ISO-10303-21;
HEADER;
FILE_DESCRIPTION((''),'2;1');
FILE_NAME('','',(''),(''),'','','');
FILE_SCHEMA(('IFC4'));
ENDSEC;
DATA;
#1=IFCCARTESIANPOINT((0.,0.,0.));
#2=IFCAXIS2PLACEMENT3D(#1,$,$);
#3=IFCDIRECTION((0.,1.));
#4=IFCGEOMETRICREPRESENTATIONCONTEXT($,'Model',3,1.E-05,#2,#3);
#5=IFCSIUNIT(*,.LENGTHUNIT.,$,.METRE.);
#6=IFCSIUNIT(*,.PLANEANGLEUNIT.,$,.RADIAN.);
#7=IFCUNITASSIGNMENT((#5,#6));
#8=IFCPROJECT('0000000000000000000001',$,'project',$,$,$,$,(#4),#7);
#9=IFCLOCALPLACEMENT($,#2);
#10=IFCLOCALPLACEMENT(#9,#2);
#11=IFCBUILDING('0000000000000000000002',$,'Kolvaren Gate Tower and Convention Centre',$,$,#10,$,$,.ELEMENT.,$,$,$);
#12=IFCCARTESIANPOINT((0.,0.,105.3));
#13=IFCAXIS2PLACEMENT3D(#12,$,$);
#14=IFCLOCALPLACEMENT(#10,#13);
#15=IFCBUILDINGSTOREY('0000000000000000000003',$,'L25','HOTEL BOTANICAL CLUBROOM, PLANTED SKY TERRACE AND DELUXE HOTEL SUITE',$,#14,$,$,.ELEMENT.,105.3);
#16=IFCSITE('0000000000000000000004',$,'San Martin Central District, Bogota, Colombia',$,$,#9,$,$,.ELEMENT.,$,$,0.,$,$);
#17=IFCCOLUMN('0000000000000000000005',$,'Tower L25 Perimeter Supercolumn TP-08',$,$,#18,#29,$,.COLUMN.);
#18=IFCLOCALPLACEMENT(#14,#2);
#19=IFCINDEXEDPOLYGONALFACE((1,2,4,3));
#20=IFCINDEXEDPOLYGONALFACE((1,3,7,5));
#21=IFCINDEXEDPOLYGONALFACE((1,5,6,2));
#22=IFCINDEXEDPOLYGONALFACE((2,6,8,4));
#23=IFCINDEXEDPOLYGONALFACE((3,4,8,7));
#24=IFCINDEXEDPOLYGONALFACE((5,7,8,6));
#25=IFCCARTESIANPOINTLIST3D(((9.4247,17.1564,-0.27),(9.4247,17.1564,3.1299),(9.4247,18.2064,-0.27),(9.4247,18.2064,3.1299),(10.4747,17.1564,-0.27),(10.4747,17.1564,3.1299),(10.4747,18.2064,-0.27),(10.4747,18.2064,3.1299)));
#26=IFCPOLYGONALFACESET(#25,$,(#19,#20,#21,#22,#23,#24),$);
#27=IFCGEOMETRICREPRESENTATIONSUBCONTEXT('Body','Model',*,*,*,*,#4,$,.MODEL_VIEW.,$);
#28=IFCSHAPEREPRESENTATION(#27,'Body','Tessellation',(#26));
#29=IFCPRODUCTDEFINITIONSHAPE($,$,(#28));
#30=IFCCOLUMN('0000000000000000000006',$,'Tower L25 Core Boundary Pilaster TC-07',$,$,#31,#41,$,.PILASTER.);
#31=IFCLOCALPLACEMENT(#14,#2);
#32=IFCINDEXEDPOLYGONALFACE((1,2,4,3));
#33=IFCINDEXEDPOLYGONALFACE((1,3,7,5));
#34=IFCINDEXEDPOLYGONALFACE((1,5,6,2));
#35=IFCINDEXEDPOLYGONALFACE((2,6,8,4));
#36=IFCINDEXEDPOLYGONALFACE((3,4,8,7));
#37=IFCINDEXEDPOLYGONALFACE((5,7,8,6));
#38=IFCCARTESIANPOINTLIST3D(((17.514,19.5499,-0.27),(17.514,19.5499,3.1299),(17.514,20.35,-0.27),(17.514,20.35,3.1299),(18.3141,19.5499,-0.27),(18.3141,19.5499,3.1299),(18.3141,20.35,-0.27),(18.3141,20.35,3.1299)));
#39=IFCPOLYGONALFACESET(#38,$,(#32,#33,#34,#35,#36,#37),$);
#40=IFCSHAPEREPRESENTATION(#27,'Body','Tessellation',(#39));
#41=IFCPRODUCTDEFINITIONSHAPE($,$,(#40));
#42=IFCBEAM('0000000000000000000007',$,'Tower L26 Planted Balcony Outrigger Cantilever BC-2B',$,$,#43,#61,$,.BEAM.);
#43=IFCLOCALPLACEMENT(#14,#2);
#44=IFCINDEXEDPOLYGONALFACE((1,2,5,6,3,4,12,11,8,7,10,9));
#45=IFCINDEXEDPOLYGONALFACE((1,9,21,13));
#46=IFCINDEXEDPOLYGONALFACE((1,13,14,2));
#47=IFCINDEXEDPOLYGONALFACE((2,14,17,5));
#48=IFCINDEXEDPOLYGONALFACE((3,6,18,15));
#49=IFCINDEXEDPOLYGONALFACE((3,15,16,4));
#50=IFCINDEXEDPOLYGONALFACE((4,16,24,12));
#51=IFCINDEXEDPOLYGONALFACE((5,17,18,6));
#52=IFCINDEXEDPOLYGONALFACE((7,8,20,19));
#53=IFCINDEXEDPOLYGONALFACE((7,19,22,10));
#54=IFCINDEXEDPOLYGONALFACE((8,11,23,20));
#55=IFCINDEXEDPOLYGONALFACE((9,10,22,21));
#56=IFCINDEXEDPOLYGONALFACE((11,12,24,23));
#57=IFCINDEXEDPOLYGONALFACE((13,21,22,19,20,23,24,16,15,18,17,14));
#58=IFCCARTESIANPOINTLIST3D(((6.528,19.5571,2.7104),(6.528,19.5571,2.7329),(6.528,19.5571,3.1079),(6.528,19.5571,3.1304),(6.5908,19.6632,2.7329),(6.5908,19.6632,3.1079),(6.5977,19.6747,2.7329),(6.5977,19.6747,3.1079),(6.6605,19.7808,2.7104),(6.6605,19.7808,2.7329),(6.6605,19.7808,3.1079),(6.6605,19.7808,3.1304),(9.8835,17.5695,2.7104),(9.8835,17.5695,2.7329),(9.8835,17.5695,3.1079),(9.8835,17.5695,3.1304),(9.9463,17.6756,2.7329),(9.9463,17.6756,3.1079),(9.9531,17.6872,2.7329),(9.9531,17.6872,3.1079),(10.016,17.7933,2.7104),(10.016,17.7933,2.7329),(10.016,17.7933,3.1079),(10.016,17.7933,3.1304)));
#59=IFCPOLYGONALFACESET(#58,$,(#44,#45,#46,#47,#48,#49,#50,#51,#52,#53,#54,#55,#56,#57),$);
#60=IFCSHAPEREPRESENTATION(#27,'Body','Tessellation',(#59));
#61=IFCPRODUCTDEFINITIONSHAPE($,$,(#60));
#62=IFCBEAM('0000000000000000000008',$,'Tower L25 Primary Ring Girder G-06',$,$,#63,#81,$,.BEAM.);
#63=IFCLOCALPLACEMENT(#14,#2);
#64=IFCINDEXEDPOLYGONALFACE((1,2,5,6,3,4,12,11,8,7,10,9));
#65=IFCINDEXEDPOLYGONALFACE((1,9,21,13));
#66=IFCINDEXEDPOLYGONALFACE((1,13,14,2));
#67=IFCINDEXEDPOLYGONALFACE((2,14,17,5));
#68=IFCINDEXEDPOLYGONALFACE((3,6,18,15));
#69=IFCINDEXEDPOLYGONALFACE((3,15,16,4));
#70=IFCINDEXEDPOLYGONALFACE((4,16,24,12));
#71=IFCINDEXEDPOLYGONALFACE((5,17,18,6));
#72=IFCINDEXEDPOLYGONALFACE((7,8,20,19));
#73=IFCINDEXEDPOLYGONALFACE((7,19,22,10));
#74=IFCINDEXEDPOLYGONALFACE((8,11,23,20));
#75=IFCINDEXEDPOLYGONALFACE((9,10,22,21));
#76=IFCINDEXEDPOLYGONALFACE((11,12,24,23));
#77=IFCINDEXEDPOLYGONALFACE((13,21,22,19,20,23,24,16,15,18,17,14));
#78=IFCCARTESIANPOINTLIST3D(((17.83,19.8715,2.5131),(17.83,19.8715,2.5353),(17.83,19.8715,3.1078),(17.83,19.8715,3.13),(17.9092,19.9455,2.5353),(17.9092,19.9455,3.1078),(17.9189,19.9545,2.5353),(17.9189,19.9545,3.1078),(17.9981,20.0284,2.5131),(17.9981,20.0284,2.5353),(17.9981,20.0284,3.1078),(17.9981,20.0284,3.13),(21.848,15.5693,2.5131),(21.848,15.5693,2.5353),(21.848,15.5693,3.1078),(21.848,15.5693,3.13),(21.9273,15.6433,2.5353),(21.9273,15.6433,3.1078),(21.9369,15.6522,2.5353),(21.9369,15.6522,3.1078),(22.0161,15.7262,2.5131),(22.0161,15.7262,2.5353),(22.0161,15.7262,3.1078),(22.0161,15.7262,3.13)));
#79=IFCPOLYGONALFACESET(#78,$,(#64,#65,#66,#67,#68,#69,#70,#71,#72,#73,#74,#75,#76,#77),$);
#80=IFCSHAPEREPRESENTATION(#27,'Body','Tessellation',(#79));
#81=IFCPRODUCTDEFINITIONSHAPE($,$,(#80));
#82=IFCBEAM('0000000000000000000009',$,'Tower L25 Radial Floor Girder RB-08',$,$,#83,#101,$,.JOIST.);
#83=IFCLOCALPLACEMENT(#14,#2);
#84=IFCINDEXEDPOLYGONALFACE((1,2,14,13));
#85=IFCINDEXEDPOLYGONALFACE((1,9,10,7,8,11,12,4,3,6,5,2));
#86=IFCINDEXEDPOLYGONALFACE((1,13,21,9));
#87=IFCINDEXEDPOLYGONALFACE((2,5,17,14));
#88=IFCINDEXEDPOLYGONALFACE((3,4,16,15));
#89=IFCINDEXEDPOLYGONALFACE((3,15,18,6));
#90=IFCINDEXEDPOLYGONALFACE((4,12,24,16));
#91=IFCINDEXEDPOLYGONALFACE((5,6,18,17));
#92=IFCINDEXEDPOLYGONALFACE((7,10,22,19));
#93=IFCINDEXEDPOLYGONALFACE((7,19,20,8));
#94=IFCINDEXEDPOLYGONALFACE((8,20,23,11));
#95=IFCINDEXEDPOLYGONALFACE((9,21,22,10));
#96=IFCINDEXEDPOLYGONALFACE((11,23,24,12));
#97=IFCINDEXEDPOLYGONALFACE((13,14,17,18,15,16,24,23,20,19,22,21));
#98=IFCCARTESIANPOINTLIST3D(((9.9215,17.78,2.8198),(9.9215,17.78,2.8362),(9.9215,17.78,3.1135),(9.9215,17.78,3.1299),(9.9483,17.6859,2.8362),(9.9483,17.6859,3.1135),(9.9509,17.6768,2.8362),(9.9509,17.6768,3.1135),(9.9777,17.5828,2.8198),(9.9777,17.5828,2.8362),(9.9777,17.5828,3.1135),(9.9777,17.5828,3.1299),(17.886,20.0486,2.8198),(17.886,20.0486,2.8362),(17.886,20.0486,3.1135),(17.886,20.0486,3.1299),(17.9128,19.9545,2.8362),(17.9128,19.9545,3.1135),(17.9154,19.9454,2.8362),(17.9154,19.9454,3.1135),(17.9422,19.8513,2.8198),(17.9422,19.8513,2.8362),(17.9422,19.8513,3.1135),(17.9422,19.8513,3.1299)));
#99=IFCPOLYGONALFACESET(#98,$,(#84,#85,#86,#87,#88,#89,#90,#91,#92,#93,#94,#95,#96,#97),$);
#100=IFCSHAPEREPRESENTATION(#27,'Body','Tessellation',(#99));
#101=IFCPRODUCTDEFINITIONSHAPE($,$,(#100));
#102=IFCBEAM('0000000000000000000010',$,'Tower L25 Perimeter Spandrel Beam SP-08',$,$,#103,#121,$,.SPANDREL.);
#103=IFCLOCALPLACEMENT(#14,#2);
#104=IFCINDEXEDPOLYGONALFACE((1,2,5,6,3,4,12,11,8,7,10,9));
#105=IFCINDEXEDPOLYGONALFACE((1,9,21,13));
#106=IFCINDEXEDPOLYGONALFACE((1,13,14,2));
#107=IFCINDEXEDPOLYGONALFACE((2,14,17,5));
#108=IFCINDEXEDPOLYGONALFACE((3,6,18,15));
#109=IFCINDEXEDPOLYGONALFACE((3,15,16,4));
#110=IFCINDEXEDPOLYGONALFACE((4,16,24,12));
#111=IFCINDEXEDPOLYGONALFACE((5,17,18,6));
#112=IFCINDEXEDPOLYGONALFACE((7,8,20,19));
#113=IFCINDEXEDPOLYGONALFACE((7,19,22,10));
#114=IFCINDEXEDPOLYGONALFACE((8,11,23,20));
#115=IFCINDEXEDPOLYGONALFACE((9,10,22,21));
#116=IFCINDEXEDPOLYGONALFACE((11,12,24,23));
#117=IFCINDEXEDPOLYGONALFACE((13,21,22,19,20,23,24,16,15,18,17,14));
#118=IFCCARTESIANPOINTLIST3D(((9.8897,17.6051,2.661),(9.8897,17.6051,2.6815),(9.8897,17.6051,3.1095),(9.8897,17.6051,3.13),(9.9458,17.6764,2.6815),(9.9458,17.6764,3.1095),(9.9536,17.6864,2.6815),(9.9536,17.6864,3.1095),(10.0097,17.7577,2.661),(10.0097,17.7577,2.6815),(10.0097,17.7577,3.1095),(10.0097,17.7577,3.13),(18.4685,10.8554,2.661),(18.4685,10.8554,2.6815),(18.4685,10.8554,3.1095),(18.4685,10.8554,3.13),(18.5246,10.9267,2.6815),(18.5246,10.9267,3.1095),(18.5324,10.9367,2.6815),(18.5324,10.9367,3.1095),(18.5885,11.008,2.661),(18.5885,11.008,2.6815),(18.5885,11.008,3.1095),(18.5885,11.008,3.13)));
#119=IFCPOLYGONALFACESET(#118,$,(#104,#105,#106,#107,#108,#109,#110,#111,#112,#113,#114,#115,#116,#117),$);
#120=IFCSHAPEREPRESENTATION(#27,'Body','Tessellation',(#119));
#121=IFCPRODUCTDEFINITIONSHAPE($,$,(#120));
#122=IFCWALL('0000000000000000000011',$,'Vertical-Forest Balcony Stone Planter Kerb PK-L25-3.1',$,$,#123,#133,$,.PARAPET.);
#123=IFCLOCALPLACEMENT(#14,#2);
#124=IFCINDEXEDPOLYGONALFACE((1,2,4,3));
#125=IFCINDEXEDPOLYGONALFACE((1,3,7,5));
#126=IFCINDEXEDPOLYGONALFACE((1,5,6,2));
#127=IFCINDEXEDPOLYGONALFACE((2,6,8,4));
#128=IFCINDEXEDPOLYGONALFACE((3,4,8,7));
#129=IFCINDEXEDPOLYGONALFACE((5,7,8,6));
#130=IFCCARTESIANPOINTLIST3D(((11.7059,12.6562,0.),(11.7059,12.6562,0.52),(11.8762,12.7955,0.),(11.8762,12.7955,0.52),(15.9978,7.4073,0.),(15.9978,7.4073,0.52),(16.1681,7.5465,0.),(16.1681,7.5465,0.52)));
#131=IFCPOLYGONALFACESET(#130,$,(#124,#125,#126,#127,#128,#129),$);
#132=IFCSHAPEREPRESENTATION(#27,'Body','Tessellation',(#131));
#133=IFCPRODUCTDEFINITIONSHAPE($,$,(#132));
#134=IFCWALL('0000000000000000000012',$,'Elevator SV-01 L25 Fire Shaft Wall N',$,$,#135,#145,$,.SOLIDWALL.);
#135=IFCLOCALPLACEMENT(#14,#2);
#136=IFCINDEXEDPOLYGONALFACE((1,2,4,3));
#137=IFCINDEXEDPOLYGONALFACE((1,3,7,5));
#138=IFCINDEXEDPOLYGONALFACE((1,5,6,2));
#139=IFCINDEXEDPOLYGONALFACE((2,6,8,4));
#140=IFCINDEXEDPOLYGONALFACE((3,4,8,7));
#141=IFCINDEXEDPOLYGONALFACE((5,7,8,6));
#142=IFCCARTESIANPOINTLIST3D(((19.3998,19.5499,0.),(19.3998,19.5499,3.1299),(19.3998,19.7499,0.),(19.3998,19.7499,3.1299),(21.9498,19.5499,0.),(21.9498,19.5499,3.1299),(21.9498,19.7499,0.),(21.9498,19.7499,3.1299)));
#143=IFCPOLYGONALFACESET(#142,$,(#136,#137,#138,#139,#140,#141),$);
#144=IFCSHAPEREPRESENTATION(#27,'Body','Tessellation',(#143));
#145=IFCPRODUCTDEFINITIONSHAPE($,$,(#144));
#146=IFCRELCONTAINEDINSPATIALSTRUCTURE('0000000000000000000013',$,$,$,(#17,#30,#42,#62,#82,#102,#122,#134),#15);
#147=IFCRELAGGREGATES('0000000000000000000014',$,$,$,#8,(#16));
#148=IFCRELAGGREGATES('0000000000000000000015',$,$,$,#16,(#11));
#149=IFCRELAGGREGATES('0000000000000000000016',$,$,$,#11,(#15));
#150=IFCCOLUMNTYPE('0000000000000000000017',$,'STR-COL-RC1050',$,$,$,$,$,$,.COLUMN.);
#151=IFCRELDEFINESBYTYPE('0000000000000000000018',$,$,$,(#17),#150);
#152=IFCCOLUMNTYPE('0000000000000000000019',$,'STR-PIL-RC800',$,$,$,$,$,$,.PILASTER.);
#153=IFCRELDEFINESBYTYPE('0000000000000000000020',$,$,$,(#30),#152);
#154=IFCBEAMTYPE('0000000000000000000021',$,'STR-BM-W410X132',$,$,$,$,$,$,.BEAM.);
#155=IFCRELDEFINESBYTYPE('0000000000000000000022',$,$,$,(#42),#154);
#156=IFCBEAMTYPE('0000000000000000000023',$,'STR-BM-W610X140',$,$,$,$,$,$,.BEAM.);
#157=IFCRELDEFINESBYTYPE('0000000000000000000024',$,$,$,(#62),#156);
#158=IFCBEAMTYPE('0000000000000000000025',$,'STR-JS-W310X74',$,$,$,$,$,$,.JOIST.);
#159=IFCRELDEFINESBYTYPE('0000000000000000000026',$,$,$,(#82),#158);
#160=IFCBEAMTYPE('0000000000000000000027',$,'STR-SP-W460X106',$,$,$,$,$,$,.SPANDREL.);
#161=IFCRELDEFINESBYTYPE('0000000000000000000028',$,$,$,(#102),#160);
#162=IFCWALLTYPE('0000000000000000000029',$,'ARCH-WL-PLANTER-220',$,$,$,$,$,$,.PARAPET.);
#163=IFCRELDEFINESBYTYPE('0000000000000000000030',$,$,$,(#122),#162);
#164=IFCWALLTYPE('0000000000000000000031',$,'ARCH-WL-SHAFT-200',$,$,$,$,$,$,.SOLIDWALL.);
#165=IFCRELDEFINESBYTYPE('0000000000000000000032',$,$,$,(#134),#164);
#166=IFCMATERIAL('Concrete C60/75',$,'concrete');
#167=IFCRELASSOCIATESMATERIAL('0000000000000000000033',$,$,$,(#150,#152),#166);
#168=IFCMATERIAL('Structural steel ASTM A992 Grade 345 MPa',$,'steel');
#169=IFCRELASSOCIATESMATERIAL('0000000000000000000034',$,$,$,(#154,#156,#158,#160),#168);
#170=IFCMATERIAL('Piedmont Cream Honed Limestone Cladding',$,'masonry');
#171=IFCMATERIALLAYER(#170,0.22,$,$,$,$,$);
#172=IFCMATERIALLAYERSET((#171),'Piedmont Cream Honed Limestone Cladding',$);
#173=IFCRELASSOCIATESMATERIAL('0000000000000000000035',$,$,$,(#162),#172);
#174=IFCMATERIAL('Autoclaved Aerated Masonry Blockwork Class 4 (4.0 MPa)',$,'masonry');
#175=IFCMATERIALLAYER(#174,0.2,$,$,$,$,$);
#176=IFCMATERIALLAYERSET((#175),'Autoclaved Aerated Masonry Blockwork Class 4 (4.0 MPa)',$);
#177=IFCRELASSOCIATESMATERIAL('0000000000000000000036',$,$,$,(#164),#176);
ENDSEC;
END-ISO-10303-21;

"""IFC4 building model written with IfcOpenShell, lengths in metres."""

from ifc_helpers import new_model, si_unit, direction, frame, frame_2d, origin, origin_2d, place, context, subcontext, project, spatial, rectangle, i_section, extrude, material, layer, layer_set, material_profile, profile_set, type_object, element, save


model = new_model("IFC4")

# Units and contexts
model_context = context("Model", 3, precision=1e-05, world=origin(), true_north=direction((0.0, 1.0)))
body_context = subcontext(model_context, "Body", "Model", "MODEL_VIEW")
ifc_project = project(units=[si_unit("LENGTHUNIT", "METRE"), si_unit("PLANEANGLEUNIT", "RADIAN")], contexts=[model_context])

# Site, building, storey
site_placement = place(None, origin())
site = spatial("IfcSite", under=ifc_project, at=site_placement, Name="San Martin Central District, Bogota, Colombia", CompositionType="ELEMENT", RefElevation=0.0)
building_placement = place(site_placement, origin())
building = spatial("IfcBuilding", under=site, at=building_placement, Name="Kolvaren Gate Tower and Convention Centre", CompositionType="ELEMENT")
storey_placement = place(building_placement, frame((0.0, 0.0, 105.3)))
storey = spatial("IfcBuildingStorey", under=building, at=storey_placement, Name="L25", Description="HOTEL BOTANICAL CLUBROOM, PLANTED SKY TERRACE AND DELUXE HOTEL SUITE", CompositionType="ELEMENT", Elevation=105.3)

# Columns
ifc_material_1 = material(Name="Concrete C60/75", Category="concrete")
ifc_material_profile_1 = material_profile(ifc_material_1, rectangle(XDim=1.05, YDim=1.05, at=origin_2d()), Name="RC-COL-1050X1050")
ifc_profile_set_1 = profile_set([ifc_material_profile_1], Name="Concrete C60/75")
column_type_1 = type_object("IfcColumnType", Name="STR-COL-RC1050", PredefinedType="COLUMN", material=ifc_profile_set_1)
column_1_placement = place(storey_placement, frame((9.9497, 17.6814, -0.27), z_axis=(0.0, 0.0, 1.0), x_axis=(1.0, 0.0, 0.0)))
element("IfcColumn", 1, at=column_1_placement, inside=storey, type_object=column_type_1, Name="Tower L25 Perimeter Supercolumn TP-08", PredefinedType="COLUMN", context=body_context, shape_type="SweptSolid", body=[
    extrude(rectangle(XDim=1.05, YDim=1.05, at=origin_2d()), origin(), (0.0, 0.0, 1.0), 3.3999),
])
ifc_material_profile_2 = material_profile(ifc_material_1, rectangle(XDim=0.8, YDim=0.8, at=origin_2d()), Name="RC-COL-800X800")
ifc_profile_set_2 = profile_set([ifc_material_profile_2], Name="Concrete C60/75")
column_type_2 = type_object("IfcColumnType", Name="STR-PIL-RC800", PredefinedType="PILASTER", material=ifc_profile_set_2)
column_2_placement = place(storey_placement, frame((17.9141, 19.95, -0.27), z_axis=(0.0, 0.0, 1.0), x_axis=(1.0, 0.0, 0.0)))
element("IfcColumn", 2, at=column_2_placement, inside=storey, type_object=column_type_2, Name="Tower L25 Core Boundary Pilaster TC-07", PredefinedType="PILASTER", context=body_context, shape_type="SweptSolid", body=[
    extrude(rectangle(XDim=0.8, YDim=0.8, at=origin_2d()), origin(), (0.0, 0.0, 1.0), 3.3999),
])

# Beams
ifc_material_2 = material(Name="Structural steel ASTM A992 Grade 345 MPa", Category="steel")
ifc_material_profile_3 = material_profile(ifc_material_2, i_section(OverallWidth=0.26, OverallDepth=0.4199, WebThickness=0.0134, FlangeThickness=0.0225, at=origin_2d()), Name="W410X132")
ifc_profile_set_3 = profile_set([ifc_material_profile_3], Name="Structural steel ASTM A992 Grade 345 MPa")
beam_type_1 = type_object("IfcBeamType", Name="STR-BM-W410X132", PredefinedType="BEAM", material=ifc_profile_set_3)
beam_1_placement = place(storey_placement, frame((9.9497, 17.6814, 2.9204), z_axis=(-0.86039, 0.509636, 0.0), x_axis=(-0.509636, -0.86039, 0.0)))
element("IfcBeam", 3, at=beam_1_placement, inside=storey, type_object=beam_type_1, Name="Tower L26 Planted Balcony Outrigger Cantilever BC-2B", PredefinedType="BEAM", context=body_context, shape_type="SweptSolid", body=[
    extrude(i_section(OverallWidth=0.26, OverallDepth=0.4199, WebThickness=0.0134, FlangeThickness=0.0225, at=origin_2d()), origin(), (0.0, 0.0, 1.0), 3.8999),
])
ifc_material_profile_4 = material_profile(ifc_material_2, i_section(OverallWidth=0.23, OverallDepth=0.6169, WebThickness=0.0132, FlangeThickness=0.0222, at=origin_2d()), Name="W610X140")
ifc_profile_set_4 = profile_set([ifc_material_profile_4], Name="Structural steel ASTM A992 Grade 345 MPa")
beam_type_2 = type_object("IfcBeamType", Name="STR-BM-W610X140", PredefinedType="BEAM", material=ifc_profile_set_4)
beam_2_placement = place(storey_placement, frame((17.9141, 19.95, 2.8215), z_axis=(0.682558, -0.730832, 0.0), x_axis=(0.730832, 0.682558, 0.0)))
element("IfcBeam", 4, at=beam_2_placement, inside=storey, type_object=beam_type_2, Name="Tower L25 Primary Ring Girder G-06", PredefinedType="BEAM", context=body_context, shape_type="SweptSolid", body=[
    extrude(i_section(OverallWidth=0.23, OverallDepth=0.6169, WebThickness=0.0132, FlangeThickness=0.0222, at=origin_2d()), origin(), (0.0, 0.0, 1.0), 5.8867),
])
ifc_material_profile_5 = material_profile(ifc_material_2, i_section(OverallWidth=0.2051, OverallDepth=0.3101, WebThickness=0.0095, FlangeThickness=0.0164, at=origin_2d()), Name="W310X74")
ifc_profile_set_5 = profile_set([ifc_material_profile_5], Name="Structural steel ASTM A992 Grade 345 MPa")
beam_type_3 = type_object("IfcBeamType", Name="STR-JS-W310X74", PredefinedType="JOIST", material=ifc_profile_set_5)
beam_3_placement = place(storey_placement, frame((17.9141, 19.95, 2.9749), z_axis=(-0.961746, -0.273942, 0.0), x_axis=(0.273942, -0.961746, 0.0)))
element("IfcBeam", 5, at=beam_3_placement, inside=storey, type_object=beam_type_3, Name="Tower L25 Radial Floor Girder RB-08", PredefinedType="JOIST", context=body_context, shape_type="SweptSolid", body=[
    extrude(i_section(OverallWidth=0.2051, OverallDepth=0.3101, WebThickness=0.0095, FlangeThickness=0.0164, at=origin_2d()), origin(), (0.0, 0.0, 1.0), 8.2812),
])
ifc_material_profile_6 = material_profile(ifc_material_2, i_section(OverallWidth=0.1941, OverallDepth=0.469, WebThickness=0.0127, FlangeThickness=0.0205, at=origin_2d()), Name="W460X106")
ifc_profile_set_6 = profile_set([ifc_material_profile_6], Name="Structural steel ASTM A992 Grade 345 MPa")
beam_type_4 = type_object("IfcBeamType", Name="STR-SP-W460X106", PredefinedType="SPANDREL", material=ifc_profile_set_6)
beam_4_placement = place(storey_placement, frame((9.9497, 17.6814, 2.8955), z_axis=(0.785908, -0.618344, 0.0), x_axis=(0.618344, 0.785908, 0.0)))
element("IfcBeam", 6, at=beam_4_placement, inside=storey, type_object=beam_type_4, Name="Tower L25 Perimeter Spandrel Beam SP-08", PredefinedType="SPANDREL", context=body_context, shape_type="SweptSolid", body=[
    extrude(i_section(OverallWidth=0.1941, OverallDepth=0.469, WebThickness=0.0127, FlangeThickness=0.0205, at=origin_2d()), origin(), (0.0, 0.0, 1.0), 10.9158),
])

# Walls
ifc_material_3 = material(Name="Piedmont Cream Honed Limestone Cladding", Category="masonry")
ifc_layer_1 = layer(ifc_material_3, 0.22)
ifc_layer_set_1 = layer_set([ifc_layer_1], Name="Piedmont Cream Honed Limestone Cladding")
wall_type_1 = type_object("IfcWallType", Name="ARCH-WL-PLANTER-220", PredefinedType="PARAPET", material=ifc_layer_set_1)
wall_1_placement = place(storey_placement, frame((11.791, 12.7258, 0.0), z_axis=(0.0, 0.0, 1.0), x_axis=(0.633002, -0.77415, 0.0)))
element("IfcWall", 7, at=wall_1_placement, inside=storey, type_object=wall_type_1, Name="Vertical-Forest Balcony Stone Planter Kerb PK-L25-3.1", PredefinedType="PARAPET", context=body_context, shape_type="SweptSolid", body=[
    extrude(rectangle(XDim=6.7803, YDim=0.22, at=frame_2d((3.3901, 0.0))), origin(), (0.0, 0.0, 1.0), 0.52),
])
ifc_material_4 = material(Name="Autoclaved Aerated Masonry Blockwork Class 4 (4.0 MPa)", Category="masonry")
ifc_layer_2 = layer(ifc_material_4, 0.2)
ifc_layer_set_2 = layer_set([ifc_layer_2], Name="Autoclaved Aerated Masonry Blockwork Class 4 (4.0 MPa)")
wall_type_2 = type_object("IfcWallType", Name="ARCH-WL-SHAFT-200", PredefinedType="SOLIDWALL", material=ifc_layer_set_2)
wall_2_placement = place(storey_placement, frame((19.3999, 19.6499, 0.0), z_axis=(0.0, 0.0, 1.0), x_axis=(1.0, 0.0, 0.0)))
element("IfcWall", 8, at=wall_2_placement, inside=storey, type_object=wall_type_2, Name="Elevator SV-01 L25 Fire Shaft Wall N", PredefinedType="SOLIDWALL", context=body_context, shape_type="SweptSolid", body=[
    extrude(rectangle(XDim=2.55, YDim=0.2, at=frame_2d((1.2749, 0.0))), origin(), (0.0, 0.0, 1.0), 3.1299),
])

save(model, "model.ifc")
